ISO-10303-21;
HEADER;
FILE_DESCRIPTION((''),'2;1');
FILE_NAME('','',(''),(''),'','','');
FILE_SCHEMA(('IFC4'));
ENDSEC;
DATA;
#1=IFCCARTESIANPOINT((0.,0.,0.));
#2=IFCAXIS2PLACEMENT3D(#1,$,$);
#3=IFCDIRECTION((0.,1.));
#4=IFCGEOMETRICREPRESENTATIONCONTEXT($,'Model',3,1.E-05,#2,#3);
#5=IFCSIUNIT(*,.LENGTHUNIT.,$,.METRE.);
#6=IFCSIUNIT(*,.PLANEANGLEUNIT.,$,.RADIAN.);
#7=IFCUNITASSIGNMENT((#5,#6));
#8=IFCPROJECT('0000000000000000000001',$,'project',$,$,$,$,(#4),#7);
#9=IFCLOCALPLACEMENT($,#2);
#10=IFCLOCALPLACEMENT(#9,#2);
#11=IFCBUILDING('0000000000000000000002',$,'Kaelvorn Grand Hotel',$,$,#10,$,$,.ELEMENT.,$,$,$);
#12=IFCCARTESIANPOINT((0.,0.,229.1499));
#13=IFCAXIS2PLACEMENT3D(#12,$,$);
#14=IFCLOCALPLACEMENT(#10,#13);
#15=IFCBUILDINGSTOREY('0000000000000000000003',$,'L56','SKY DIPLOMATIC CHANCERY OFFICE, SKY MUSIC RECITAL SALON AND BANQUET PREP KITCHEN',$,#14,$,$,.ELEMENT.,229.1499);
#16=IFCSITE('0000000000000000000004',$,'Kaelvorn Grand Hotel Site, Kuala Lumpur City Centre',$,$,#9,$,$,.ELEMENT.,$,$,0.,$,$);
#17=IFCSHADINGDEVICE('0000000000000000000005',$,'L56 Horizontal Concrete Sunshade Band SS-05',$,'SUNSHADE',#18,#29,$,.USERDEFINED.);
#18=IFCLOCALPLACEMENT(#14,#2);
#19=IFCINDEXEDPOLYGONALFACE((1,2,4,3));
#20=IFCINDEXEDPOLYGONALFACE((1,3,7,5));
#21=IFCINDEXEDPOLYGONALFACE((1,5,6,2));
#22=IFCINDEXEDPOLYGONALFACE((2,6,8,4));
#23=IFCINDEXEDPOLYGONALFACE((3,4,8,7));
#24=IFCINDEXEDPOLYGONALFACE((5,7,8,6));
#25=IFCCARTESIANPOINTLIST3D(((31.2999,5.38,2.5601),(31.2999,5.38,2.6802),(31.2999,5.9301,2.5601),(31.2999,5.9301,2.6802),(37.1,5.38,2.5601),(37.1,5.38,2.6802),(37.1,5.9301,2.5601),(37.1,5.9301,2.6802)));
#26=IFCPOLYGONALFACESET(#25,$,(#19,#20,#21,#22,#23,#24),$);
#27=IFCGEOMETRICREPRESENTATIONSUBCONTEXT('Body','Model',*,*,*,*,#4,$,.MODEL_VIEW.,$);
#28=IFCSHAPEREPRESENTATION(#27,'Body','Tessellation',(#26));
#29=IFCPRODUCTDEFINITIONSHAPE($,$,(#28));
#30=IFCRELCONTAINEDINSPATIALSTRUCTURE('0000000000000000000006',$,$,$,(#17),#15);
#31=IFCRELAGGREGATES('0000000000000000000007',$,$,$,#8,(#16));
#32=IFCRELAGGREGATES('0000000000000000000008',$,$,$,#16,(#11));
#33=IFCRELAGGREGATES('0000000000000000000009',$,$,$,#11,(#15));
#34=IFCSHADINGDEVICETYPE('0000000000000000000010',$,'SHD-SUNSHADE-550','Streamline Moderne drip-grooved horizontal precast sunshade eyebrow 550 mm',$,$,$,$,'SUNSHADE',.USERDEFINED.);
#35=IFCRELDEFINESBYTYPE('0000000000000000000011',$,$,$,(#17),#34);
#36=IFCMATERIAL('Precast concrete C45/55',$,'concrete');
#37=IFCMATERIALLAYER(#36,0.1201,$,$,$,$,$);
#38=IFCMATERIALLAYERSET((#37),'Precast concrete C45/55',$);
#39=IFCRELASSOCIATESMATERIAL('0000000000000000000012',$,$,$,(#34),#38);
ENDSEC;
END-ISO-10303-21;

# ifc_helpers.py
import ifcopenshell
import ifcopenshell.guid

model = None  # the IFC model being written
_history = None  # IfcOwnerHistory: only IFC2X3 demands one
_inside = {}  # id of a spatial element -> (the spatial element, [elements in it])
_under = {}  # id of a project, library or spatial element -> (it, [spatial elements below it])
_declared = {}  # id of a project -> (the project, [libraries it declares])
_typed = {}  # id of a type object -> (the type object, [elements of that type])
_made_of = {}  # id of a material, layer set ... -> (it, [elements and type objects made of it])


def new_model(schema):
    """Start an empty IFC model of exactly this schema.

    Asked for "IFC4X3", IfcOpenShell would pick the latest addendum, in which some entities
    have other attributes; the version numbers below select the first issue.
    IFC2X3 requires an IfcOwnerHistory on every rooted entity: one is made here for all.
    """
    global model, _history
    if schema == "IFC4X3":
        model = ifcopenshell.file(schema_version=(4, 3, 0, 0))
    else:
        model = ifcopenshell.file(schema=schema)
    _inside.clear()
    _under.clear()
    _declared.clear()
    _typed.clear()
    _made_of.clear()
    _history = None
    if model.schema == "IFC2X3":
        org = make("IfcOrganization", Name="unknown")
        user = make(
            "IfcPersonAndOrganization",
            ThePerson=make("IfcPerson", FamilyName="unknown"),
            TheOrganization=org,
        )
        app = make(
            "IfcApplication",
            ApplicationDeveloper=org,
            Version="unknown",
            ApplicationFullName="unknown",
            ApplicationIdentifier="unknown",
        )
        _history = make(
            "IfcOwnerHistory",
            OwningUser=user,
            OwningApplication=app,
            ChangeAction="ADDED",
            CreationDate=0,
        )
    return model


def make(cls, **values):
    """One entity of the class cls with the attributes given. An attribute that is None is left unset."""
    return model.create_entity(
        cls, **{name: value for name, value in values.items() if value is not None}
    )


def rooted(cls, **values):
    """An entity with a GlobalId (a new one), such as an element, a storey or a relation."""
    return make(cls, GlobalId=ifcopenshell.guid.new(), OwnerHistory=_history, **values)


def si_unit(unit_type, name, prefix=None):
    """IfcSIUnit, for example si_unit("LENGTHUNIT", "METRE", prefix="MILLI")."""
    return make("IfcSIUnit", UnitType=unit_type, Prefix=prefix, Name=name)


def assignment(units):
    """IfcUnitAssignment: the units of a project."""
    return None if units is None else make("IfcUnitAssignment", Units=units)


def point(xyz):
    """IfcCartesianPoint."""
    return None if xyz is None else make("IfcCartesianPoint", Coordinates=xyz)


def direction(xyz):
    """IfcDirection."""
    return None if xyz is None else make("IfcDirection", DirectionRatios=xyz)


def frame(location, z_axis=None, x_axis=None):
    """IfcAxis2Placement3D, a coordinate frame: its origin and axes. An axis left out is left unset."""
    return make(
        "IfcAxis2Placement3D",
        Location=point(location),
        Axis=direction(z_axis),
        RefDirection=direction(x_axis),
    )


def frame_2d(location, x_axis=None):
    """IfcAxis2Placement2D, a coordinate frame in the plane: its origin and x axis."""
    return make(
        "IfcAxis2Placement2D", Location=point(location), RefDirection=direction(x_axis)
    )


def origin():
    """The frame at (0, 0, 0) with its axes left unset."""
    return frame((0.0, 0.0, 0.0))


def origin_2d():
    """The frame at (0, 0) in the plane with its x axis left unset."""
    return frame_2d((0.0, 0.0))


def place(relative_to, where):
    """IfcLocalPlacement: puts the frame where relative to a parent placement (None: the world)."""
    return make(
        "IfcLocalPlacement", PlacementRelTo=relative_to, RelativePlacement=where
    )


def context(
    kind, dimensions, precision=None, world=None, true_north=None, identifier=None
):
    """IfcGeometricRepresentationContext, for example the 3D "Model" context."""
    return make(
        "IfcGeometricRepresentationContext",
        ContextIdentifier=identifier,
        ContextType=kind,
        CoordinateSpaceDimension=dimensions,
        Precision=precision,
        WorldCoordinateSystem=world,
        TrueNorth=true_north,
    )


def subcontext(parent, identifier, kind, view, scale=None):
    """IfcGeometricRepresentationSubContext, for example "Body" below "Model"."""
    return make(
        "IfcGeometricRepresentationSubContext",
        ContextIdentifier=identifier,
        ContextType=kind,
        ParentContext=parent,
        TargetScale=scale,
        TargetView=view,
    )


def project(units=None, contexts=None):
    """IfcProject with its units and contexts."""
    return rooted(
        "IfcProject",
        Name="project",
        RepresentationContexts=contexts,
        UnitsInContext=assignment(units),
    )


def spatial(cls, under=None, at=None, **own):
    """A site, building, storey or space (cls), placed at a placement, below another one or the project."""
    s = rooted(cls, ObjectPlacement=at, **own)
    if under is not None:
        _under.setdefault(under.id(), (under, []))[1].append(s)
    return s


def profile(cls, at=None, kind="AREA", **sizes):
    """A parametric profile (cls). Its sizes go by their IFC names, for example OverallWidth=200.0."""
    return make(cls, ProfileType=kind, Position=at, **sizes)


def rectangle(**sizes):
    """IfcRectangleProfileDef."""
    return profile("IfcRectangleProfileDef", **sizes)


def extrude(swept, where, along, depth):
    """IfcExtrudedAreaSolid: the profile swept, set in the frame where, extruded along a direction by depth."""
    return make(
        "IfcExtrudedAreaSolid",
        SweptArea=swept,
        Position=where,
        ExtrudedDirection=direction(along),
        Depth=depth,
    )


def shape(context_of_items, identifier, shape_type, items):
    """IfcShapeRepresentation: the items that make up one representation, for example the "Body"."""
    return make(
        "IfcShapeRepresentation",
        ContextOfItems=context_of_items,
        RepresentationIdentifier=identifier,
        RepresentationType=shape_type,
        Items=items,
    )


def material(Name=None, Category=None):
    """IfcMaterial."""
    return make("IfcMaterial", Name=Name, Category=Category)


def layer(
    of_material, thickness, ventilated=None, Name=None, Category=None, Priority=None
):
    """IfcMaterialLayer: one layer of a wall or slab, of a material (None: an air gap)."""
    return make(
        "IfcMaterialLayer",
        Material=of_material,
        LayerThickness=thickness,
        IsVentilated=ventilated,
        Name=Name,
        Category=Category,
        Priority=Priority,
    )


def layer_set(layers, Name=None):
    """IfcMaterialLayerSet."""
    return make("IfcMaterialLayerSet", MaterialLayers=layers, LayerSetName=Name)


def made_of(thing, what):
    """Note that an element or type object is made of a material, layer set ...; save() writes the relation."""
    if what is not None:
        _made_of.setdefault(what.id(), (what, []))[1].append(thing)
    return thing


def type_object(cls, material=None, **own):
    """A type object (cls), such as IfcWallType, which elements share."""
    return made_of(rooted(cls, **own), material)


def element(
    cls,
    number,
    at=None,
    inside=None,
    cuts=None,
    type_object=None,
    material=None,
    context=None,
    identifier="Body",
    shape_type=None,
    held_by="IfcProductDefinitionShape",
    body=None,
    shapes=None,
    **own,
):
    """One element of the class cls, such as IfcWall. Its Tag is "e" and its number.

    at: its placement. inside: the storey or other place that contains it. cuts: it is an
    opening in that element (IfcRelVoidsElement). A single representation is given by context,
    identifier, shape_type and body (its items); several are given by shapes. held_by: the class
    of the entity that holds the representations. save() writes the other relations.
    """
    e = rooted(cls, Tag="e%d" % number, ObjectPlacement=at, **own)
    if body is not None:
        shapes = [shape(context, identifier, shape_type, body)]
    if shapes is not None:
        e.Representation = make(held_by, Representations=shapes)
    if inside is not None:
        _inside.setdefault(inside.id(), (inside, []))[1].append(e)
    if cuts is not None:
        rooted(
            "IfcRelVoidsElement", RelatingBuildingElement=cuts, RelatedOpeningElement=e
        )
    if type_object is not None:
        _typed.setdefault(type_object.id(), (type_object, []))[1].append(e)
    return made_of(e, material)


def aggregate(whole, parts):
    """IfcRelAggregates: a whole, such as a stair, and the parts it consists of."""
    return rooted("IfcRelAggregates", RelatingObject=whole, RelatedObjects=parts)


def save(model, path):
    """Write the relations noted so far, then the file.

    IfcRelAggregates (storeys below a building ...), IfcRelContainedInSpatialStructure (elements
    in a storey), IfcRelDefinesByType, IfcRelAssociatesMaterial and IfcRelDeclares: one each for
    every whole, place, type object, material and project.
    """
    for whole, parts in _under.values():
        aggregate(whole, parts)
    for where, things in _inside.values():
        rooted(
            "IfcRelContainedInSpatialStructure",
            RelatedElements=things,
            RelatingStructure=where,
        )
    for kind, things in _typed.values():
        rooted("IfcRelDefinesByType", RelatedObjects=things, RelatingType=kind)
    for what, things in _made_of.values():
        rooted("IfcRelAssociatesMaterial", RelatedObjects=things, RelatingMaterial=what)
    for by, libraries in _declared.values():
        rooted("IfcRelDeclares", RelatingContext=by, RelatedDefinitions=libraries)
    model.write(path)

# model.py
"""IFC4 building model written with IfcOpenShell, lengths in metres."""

from ifc_helpers import new_model, si_unit, direction, frame, origin, origin_2d, place, context, subcontext, project, spatial, rectangle, extrude, material, layer, layer_set, type_object, element, save


model = new_model("IFC4")

# Units and contexts
model_context = context("Model", 3, precision=1e-05, world=origin(), true_north=direction((0.0, 1.0)))
body_context = subcontext(model_context, "Body", "Model", "MODEL_VIEW")
ifc_project = project(units=[si_unit("LENGTHUNIT", "METRE"), si_unit("PLANEANGLEUNIT", "RADIAN")], contexts=[model_context])

# Site, building, storey
site_placement = place(None, origin())
site = spatial("IfcSite", under=ifc_project, at=site_placement, Name="Kaelvorn Grand Hotel Site, Kuala Lumpur City Centre", CompositionType="ELEMENT", RefElevation=0.0)
building_placement = place(site_placement, origin())
building = spatial("IfcBuilding", under=site, at=building_placement, Name="Kaelvorn Grand Hotel", CompositionType="ELEMENT")
storey_placement = place(building_placement, frame((0.0, 0.0, 229.1499)))
storey = spatial("IfcBuildingStorey", under=building, at=storey_placement, Name="L56", Description="SKY DIPLOMATIC CHANCERY OFFICE, SKY MUSIC RECITAL SALON AND BANQUET PREP KITCHEN", CompositionType="ELEMENT", Elevation=229.1499)

# Shading device
ifc_material_1 = material(Name="Precast concrete C45/55", Category="concrete")
ifc_layer_1 = layer(ifc_material_1, 0.1201)
ifc_layer_set_1 = layer_set([ifc_layer_1], Name="Precast concrete C45/55")
shading_device_type = type_object("IfcShadingDeviceType", Name="SHD-SUNSHADE-550", Description="Streamline Moderne drip-grooved horizontal precast sunshade eyebrow 550 mm", ElementType="SUNSHADE", PredefinedType="USERDEFINED", material=ifc_layer_set_1)
shading_device_placement = place(storey_placement, frame((34.2, 5.655, 2.5601), z_axis=(0.0, 0.0, 1.0), x_axis=(1.0, 0.0, 0.0)))
element("IfcShadingDevice", 1, at=shading_device_placement, inside=storey, type_object=shading_device_type, Name="L56 Horizontal Concrete Sunshade Band SS-05", ObjectType="SUNSHADE", PredefinedType="USERDEFINED", context=body_context, shape_type="SweptSolid", body=[
    extrude(rectangle(XDim=5.8, YDim=0.55, at=origin_2d()), origin(), (0.0, 0.0, 1.0), 0.1201),
])

save(model, "model.ifc")
